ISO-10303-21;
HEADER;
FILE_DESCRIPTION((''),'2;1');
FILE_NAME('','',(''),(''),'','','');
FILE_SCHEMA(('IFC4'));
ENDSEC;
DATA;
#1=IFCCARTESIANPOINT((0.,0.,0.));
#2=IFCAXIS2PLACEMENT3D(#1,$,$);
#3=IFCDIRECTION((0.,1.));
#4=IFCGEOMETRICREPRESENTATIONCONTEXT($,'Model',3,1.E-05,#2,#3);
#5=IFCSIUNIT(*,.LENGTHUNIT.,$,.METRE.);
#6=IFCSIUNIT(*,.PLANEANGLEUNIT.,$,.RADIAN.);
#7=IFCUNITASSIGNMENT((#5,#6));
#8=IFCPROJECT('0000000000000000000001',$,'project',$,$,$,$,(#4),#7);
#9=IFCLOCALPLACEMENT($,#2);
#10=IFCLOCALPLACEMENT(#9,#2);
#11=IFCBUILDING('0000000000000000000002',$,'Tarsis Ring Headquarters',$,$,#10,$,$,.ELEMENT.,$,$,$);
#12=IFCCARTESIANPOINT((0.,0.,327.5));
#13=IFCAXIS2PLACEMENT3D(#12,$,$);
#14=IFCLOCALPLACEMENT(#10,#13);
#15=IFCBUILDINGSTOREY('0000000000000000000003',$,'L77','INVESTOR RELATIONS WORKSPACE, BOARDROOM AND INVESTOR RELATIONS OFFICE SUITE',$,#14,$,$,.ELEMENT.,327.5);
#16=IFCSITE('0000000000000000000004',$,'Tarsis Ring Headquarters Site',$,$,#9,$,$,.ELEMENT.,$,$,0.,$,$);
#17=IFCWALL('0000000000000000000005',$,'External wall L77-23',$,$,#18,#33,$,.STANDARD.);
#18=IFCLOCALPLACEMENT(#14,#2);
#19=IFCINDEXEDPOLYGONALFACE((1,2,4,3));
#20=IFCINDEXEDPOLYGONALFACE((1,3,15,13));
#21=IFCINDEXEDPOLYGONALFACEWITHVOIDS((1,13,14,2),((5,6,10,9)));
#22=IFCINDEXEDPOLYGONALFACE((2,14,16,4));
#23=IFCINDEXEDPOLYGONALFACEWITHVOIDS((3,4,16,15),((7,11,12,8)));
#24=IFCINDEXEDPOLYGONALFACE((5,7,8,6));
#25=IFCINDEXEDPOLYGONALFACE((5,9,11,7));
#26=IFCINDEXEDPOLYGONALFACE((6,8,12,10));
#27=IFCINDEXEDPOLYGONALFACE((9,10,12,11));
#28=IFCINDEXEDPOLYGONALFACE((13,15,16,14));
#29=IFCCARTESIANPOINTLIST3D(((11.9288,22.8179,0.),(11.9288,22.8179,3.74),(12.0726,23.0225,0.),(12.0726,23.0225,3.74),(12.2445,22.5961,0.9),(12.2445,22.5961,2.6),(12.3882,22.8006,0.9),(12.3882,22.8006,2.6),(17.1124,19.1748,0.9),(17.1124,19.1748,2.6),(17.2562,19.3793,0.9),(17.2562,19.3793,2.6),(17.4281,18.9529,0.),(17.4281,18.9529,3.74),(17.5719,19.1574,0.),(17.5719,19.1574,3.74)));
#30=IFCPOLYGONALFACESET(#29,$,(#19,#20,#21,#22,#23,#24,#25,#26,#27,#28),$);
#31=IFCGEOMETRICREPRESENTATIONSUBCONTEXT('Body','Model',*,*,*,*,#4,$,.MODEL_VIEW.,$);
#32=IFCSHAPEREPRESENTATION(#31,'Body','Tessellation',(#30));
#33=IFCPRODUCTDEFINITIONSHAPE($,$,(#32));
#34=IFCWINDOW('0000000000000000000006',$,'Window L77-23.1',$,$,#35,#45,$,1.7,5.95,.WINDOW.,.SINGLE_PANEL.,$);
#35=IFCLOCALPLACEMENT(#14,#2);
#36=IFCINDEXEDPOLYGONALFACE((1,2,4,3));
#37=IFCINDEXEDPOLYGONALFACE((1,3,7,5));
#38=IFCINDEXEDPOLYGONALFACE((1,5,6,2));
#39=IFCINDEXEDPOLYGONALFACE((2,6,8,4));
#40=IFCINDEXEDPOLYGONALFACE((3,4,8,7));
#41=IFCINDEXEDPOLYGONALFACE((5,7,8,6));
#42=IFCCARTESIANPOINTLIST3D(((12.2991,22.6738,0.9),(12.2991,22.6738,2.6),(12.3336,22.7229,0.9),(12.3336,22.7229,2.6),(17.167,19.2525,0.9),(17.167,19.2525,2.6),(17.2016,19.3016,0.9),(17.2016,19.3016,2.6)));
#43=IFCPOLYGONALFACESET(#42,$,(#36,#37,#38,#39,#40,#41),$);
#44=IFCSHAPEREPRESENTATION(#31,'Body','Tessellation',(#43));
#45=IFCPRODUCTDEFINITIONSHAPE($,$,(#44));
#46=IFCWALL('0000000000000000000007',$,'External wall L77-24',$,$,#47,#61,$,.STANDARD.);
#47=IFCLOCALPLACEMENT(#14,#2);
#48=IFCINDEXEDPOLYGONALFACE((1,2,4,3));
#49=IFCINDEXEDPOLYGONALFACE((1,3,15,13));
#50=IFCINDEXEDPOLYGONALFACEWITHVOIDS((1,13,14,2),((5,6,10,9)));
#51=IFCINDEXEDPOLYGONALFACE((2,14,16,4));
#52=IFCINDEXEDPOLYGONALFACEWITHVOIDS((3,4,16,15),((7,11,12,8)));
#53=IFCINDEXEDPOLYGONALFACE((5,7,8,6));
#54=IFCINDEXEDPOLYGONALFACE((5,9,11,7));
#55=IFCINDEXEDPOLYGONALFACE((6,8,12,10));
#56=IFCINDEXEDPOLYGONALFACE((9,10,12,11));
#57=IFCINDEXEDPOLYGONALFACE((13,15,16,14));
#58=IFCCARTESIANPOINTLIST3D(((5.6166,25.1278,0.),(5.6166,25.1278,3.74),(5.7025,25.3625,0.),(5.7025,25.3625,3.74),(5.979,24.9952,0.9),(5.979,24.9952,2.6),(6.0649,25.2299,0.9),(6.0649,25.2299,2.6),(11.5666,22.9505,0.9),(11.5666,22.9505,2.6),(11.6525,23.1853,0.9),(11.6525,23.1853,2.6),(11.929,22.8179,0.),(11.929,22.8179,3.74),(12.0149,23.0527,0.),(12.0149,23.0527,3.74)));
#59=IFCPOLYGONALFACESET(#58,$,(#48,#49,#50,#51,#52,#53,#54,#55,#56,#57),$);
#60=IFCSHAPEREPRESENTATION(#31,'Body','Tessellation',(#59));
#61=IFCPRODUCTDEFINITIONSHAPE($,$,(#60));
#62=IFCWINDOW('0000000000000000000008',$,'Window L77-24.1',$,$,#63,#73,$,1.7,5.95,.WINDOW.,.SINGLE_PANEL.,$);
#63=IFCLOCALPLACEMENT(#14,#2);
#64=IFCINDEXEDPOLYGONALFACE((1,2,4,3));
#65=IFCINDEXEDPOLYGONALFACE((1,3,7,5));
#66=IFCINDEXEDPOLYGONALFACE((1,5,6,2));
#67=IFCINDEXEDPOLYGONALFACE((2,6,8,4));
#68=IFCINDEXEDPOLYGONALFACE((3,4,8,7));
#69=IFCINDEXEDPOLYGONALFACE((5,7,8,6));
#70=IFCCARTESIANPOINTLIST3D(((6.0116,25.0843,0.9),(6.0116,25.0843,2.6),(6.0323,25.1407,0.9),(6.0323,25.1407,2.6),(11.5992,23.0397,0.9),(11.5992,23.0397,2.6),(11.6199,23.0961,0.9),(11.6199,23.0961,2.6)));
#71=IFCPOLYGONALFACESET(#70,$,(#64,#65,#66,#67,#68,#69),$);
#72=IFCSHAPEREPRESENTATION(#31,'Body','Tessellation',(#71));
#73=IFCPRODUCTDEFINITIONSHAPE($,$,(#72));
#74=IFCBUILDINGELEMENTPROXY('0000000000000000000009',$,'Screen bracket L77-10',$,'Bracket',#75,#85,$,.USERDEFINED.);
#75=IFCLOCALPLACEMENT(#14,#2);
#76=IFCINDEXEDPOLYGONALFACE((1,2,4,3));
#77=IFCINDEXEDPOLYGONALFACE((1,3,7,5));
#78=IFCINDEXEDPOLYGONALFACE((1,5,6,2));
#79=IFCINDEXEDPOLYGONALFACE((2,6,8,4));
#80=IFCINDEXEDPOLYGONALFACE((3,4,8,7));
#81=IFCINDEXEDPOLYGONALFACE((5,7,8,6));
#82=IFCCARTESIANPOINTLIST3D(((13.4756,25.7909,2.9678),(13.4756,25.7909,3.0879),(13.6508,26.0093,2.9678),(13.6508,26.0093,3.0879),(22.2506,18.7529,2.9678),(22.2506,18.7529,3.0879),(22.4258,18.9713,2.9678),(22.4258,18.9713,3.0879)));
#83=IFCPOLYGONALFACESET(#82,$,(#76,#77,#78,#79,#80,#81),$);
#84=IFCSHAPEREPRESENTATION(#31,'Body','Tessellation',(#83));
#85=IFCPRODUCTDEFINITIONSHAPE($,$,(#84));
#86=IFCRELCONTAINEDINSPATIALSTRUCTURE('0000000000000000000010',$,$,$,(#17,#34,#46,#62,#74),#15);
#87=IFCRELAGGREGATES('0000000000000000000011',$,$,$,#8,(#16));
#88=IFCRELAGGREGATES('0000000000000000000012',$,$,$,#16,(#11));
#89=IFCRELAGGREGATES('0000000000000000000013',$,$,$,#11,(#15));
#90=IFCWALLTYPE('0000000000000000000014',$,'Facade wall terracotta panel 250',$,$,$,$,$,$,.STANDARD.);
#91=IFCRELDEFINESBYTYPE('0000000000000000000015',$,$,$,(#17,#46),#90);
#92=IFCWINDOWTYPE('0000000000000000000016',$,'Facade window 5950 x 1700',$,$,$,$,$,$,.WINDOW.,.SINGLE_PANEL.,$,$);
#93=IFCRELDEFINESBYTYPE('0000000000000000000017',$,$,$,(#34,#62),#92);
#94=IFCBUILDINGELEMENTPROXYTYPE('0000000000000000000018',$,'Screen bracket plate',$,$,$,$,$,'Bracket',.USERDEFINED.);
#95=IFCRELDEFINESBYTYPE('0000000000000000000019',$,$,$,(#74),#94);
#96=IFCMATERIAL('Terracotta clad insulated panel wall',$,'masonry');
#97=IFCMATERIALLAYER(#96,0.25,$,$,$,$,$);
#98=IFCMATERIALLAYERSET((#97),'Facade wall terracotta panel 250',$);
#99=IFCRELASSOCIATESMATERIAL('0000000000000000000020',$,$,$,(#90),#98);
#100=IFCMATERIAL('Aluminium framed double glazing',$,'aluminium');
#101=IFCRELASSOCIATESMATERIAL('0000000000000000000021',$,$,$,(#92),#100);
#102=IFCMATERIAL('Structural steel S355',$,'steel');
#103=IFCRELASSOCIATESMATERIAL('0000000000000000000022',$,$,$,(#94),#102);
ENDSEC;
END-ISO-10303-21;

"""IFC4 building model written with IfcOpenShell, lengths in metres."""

from ifc_helpers import new_model, si_unit, direction, frame, frame_2d, origin, origin_2d, place, context, subcontext, project, spatial, rectangle, extrude, material, layer, layer_set, type_object, element, fill, save


model = new_model("IFC4")

# Units and contexts
model_context = context("Model", 3, precision=1e-05, world=origin(), true_north=direction((0.0, 1.0)))
body_context = subcontext(model_context, "Body", "Model", "MODEL_VIEW")
ifc_project = project(units=[si_unit("LENGTHUNIT", "METRE"), si_unit("PLANEANGLEUNIT", "RADIAN")], contexts=[model_context])

# Site, building, storey
site_placement = place(None, origin())
site = spatial("IfcSite", under=ifc_project, at=site_placement, Name="Tarsis Ring Headquarters Site", CompositionType="ELEMENT", RefElevation=0.0)
building_placement = place(site_placement, origin())
building = spatial("IfcBuilding", under=site, at=building_placement, Name="Tarsis Ring Headquarters", CompositionType="ELEMENT")
storey_placement = place(building_placement, frame((0.0, 0.0, 327.5)))
storey = spatial("IfcBuildingStorey", under=building, at=storey_placement, Name="L77", Description="INVESTOR RELATIONS WORKSPACE, BOARDROOM AND INVESTOR RELATIONS OFFICE SUITE", CompositionType="ELEMENT", Elevation=327.5)

# Shared definitions
ifc_material_1 = material(Name="Structural steel S355", Category="steel")

# Walls, openings, windows
ifc_material_2 = material(Name="Terracotta clad insulated panel wall", Category="masonry")
ifc_layer_1 = layer(ifc_material_2, 0.25)
ifc_layer_set_1 = layer_set([ifc_layer_1], Name="Facade wall terracotta panel 250")
wall_type_1 = type_object("IfcWallType", Name="Facade wall terracotta panel 250", PredefinedType="STANDARD", material=ifc_layer_set_1)
ifc_material_3 = material(Name="Aluminium framed double glazing", Category="aluminium")
window_type = type_object("IfcWindowType", Name="Facade window 5950 x 1700", PartitioningType="SINGLE_PANEL", PredefinedType="WINDOW", material=ifc_material_3)
wall_1_placement = place(storey_placement, frame((17.5, 19.0552, 0.0), z_axis=(0.0, 0.0, 1.0), x_axis=(-0.818147, 0.575009, 0.0)))
wall_1 = element("IfcWall", 1, at=wall_1_placement, inside=storey, type_object=wall_type_1, Name="External wall L77-23", PredefinedType="STANDARD", context=body_context, shape_type="SweptSolid", body=[
    extrude(rectangle(XDim=6.7217, YDim=0.25, at=frame_2d((3.3608, 0.0))), origin(), (0.0, 0.0, 1.0), 3.74),
])
opening_1_placement = place(wall_1_placement, frame((0.3857, 0.0, 0.8999)))
opening_1 = element("IfcOpeningElement", 2, at=opening_1_placement, cuts=wall_1, PredefinedType="OPENING", context=body_context, shape_type="SweptSolid", body=[
    extrude(rectangle(XDim=5.95, YDim=1.7, at=frame_2d((2.9751, 0.8501))), frame((0.0, 0.135, 0.0), z_axis=(0.0, -1.0, 0.0), x_axis=(1.0, 0.0, 0.0)), (0.0, 0.0, 1.0), 0.27),
])
window_1_placement = place(opening_1_placement, origin())
window_1 = element("IfcWindow", 3, at=window_1_placement, inside=storey, type_object=window_type, Name="Window L77-23.1", OverallHeight=1.7, OverallWidth=5.95, PartitioningType="SINGLE_PANEL", PredefinedType="WINDOW", context=body_context, shape_type="SweptSolid", body=[
    extrude(rectangle(XDim=5.95, YDim=1.7, at=frame_2d((2.9751, 0.8501))), frame((0.0, 0.03, 0.0), z_axis=(0.0, -1.0, 0.0), x_axis=(1.0, 0.0, 0.0)), (0.0, 0.0, 1.0), 0.0601),
])
fill(opening_1, window_1)
wall_2_placement = place(storey_placement, frame((11.9719, 22.9353, 0.0), z_axis=(0.0, 0.0, 1.0), x_axis=(-0.939101, 0.343641, 0.0)))
wall_2 = element("IfcWall", 4, at=wall_2_placement, inside=storey, type_object=wall_type_1, Name="External wall L77-24", PredefinedType="STANDARD", context=body_context, shape_type="SweptSolid", body=[
    extrude(rectangle(XDim=6.7217, YDim=0.25, at=frame_2d((3.3608, 0.0))), origin(), (0.0, 0.0, 1.0), 3.74),
])
opening_2_placement = place(wall_2_placement, frame((0.3857, 0.0, 0.8999)))
opening_2 = element("IfcOpeningElement", 5, at=opening_2_placement, cuts=wall_2, PredefinedType="OPENING", context=body_context, shape_type="SweptSolid", body=[
    extrude(rectangle(XDim=5.95, YDim=1.7, at=frame_2d((2.9751, 0.8501))), frame((0.0, 0.135, 0.0), z_axis=(0.0, -1.0, 0.0), x_axis=(1.0, 0.0, 0.0)), (0.0, 0.0, 1.0), 0.27),
])
window_2_placement = place(opening_2_placement, origin())
window_2 = element("IfcWindow", 6, at=window_2_placement, inside=storey, type_object=window_type, Name="Window L77-24.1", OverallHeight=1.7, OverallWidth=5.95, PartitioningType="SINGLE_PANEL", PredefinedType="WINDOW", context=body_context, shape_type="SweptSolid", body=[
    extrude(rectangle(XDim=5.95, YDim=1.7, at=frame_2d((2.9751, 0.8501))), frame((0.0, 0.03, 0.0), z_axis=(0.0, -1.0, 0.0), x_axis=(1.0, 0.0, 0.0)), (0.0, 0.0, 1.0), 0.0601),
])
fill(opening_2, window_2)

# Building element proxy
building_element_proxy_type = type_object("IfcBuildingElementProxyType", Name="Screen bracket plate", ElementType="Bracket", PredefinedType="USERDEFINED", material=ifc_material_1)
proxy_placement = place(storey_placement, frame((17.9507, 22.3811, 2.9678), z_axis=(0.0, 0.0, 1.0), x_axis=(-0.780089, 0.625668, 0.0)))
element("IfcBuildingElementProxy", 7, at=proxy_placement, inside=storey, type_object=building_element_proxy_type, Name="Screen bracket L77-10", ObjectType="Bracket", PredefinedType="USERDEFINED", context=body_context, shape_type="SweptSolid", body=[
    extrude(rectangle(XDim=11.2488, YDim=0.28, at=origin_2d()), origin(), (0.0, 0.0, 1.0), 0.1201),
])

save(model, "model.ifc")
